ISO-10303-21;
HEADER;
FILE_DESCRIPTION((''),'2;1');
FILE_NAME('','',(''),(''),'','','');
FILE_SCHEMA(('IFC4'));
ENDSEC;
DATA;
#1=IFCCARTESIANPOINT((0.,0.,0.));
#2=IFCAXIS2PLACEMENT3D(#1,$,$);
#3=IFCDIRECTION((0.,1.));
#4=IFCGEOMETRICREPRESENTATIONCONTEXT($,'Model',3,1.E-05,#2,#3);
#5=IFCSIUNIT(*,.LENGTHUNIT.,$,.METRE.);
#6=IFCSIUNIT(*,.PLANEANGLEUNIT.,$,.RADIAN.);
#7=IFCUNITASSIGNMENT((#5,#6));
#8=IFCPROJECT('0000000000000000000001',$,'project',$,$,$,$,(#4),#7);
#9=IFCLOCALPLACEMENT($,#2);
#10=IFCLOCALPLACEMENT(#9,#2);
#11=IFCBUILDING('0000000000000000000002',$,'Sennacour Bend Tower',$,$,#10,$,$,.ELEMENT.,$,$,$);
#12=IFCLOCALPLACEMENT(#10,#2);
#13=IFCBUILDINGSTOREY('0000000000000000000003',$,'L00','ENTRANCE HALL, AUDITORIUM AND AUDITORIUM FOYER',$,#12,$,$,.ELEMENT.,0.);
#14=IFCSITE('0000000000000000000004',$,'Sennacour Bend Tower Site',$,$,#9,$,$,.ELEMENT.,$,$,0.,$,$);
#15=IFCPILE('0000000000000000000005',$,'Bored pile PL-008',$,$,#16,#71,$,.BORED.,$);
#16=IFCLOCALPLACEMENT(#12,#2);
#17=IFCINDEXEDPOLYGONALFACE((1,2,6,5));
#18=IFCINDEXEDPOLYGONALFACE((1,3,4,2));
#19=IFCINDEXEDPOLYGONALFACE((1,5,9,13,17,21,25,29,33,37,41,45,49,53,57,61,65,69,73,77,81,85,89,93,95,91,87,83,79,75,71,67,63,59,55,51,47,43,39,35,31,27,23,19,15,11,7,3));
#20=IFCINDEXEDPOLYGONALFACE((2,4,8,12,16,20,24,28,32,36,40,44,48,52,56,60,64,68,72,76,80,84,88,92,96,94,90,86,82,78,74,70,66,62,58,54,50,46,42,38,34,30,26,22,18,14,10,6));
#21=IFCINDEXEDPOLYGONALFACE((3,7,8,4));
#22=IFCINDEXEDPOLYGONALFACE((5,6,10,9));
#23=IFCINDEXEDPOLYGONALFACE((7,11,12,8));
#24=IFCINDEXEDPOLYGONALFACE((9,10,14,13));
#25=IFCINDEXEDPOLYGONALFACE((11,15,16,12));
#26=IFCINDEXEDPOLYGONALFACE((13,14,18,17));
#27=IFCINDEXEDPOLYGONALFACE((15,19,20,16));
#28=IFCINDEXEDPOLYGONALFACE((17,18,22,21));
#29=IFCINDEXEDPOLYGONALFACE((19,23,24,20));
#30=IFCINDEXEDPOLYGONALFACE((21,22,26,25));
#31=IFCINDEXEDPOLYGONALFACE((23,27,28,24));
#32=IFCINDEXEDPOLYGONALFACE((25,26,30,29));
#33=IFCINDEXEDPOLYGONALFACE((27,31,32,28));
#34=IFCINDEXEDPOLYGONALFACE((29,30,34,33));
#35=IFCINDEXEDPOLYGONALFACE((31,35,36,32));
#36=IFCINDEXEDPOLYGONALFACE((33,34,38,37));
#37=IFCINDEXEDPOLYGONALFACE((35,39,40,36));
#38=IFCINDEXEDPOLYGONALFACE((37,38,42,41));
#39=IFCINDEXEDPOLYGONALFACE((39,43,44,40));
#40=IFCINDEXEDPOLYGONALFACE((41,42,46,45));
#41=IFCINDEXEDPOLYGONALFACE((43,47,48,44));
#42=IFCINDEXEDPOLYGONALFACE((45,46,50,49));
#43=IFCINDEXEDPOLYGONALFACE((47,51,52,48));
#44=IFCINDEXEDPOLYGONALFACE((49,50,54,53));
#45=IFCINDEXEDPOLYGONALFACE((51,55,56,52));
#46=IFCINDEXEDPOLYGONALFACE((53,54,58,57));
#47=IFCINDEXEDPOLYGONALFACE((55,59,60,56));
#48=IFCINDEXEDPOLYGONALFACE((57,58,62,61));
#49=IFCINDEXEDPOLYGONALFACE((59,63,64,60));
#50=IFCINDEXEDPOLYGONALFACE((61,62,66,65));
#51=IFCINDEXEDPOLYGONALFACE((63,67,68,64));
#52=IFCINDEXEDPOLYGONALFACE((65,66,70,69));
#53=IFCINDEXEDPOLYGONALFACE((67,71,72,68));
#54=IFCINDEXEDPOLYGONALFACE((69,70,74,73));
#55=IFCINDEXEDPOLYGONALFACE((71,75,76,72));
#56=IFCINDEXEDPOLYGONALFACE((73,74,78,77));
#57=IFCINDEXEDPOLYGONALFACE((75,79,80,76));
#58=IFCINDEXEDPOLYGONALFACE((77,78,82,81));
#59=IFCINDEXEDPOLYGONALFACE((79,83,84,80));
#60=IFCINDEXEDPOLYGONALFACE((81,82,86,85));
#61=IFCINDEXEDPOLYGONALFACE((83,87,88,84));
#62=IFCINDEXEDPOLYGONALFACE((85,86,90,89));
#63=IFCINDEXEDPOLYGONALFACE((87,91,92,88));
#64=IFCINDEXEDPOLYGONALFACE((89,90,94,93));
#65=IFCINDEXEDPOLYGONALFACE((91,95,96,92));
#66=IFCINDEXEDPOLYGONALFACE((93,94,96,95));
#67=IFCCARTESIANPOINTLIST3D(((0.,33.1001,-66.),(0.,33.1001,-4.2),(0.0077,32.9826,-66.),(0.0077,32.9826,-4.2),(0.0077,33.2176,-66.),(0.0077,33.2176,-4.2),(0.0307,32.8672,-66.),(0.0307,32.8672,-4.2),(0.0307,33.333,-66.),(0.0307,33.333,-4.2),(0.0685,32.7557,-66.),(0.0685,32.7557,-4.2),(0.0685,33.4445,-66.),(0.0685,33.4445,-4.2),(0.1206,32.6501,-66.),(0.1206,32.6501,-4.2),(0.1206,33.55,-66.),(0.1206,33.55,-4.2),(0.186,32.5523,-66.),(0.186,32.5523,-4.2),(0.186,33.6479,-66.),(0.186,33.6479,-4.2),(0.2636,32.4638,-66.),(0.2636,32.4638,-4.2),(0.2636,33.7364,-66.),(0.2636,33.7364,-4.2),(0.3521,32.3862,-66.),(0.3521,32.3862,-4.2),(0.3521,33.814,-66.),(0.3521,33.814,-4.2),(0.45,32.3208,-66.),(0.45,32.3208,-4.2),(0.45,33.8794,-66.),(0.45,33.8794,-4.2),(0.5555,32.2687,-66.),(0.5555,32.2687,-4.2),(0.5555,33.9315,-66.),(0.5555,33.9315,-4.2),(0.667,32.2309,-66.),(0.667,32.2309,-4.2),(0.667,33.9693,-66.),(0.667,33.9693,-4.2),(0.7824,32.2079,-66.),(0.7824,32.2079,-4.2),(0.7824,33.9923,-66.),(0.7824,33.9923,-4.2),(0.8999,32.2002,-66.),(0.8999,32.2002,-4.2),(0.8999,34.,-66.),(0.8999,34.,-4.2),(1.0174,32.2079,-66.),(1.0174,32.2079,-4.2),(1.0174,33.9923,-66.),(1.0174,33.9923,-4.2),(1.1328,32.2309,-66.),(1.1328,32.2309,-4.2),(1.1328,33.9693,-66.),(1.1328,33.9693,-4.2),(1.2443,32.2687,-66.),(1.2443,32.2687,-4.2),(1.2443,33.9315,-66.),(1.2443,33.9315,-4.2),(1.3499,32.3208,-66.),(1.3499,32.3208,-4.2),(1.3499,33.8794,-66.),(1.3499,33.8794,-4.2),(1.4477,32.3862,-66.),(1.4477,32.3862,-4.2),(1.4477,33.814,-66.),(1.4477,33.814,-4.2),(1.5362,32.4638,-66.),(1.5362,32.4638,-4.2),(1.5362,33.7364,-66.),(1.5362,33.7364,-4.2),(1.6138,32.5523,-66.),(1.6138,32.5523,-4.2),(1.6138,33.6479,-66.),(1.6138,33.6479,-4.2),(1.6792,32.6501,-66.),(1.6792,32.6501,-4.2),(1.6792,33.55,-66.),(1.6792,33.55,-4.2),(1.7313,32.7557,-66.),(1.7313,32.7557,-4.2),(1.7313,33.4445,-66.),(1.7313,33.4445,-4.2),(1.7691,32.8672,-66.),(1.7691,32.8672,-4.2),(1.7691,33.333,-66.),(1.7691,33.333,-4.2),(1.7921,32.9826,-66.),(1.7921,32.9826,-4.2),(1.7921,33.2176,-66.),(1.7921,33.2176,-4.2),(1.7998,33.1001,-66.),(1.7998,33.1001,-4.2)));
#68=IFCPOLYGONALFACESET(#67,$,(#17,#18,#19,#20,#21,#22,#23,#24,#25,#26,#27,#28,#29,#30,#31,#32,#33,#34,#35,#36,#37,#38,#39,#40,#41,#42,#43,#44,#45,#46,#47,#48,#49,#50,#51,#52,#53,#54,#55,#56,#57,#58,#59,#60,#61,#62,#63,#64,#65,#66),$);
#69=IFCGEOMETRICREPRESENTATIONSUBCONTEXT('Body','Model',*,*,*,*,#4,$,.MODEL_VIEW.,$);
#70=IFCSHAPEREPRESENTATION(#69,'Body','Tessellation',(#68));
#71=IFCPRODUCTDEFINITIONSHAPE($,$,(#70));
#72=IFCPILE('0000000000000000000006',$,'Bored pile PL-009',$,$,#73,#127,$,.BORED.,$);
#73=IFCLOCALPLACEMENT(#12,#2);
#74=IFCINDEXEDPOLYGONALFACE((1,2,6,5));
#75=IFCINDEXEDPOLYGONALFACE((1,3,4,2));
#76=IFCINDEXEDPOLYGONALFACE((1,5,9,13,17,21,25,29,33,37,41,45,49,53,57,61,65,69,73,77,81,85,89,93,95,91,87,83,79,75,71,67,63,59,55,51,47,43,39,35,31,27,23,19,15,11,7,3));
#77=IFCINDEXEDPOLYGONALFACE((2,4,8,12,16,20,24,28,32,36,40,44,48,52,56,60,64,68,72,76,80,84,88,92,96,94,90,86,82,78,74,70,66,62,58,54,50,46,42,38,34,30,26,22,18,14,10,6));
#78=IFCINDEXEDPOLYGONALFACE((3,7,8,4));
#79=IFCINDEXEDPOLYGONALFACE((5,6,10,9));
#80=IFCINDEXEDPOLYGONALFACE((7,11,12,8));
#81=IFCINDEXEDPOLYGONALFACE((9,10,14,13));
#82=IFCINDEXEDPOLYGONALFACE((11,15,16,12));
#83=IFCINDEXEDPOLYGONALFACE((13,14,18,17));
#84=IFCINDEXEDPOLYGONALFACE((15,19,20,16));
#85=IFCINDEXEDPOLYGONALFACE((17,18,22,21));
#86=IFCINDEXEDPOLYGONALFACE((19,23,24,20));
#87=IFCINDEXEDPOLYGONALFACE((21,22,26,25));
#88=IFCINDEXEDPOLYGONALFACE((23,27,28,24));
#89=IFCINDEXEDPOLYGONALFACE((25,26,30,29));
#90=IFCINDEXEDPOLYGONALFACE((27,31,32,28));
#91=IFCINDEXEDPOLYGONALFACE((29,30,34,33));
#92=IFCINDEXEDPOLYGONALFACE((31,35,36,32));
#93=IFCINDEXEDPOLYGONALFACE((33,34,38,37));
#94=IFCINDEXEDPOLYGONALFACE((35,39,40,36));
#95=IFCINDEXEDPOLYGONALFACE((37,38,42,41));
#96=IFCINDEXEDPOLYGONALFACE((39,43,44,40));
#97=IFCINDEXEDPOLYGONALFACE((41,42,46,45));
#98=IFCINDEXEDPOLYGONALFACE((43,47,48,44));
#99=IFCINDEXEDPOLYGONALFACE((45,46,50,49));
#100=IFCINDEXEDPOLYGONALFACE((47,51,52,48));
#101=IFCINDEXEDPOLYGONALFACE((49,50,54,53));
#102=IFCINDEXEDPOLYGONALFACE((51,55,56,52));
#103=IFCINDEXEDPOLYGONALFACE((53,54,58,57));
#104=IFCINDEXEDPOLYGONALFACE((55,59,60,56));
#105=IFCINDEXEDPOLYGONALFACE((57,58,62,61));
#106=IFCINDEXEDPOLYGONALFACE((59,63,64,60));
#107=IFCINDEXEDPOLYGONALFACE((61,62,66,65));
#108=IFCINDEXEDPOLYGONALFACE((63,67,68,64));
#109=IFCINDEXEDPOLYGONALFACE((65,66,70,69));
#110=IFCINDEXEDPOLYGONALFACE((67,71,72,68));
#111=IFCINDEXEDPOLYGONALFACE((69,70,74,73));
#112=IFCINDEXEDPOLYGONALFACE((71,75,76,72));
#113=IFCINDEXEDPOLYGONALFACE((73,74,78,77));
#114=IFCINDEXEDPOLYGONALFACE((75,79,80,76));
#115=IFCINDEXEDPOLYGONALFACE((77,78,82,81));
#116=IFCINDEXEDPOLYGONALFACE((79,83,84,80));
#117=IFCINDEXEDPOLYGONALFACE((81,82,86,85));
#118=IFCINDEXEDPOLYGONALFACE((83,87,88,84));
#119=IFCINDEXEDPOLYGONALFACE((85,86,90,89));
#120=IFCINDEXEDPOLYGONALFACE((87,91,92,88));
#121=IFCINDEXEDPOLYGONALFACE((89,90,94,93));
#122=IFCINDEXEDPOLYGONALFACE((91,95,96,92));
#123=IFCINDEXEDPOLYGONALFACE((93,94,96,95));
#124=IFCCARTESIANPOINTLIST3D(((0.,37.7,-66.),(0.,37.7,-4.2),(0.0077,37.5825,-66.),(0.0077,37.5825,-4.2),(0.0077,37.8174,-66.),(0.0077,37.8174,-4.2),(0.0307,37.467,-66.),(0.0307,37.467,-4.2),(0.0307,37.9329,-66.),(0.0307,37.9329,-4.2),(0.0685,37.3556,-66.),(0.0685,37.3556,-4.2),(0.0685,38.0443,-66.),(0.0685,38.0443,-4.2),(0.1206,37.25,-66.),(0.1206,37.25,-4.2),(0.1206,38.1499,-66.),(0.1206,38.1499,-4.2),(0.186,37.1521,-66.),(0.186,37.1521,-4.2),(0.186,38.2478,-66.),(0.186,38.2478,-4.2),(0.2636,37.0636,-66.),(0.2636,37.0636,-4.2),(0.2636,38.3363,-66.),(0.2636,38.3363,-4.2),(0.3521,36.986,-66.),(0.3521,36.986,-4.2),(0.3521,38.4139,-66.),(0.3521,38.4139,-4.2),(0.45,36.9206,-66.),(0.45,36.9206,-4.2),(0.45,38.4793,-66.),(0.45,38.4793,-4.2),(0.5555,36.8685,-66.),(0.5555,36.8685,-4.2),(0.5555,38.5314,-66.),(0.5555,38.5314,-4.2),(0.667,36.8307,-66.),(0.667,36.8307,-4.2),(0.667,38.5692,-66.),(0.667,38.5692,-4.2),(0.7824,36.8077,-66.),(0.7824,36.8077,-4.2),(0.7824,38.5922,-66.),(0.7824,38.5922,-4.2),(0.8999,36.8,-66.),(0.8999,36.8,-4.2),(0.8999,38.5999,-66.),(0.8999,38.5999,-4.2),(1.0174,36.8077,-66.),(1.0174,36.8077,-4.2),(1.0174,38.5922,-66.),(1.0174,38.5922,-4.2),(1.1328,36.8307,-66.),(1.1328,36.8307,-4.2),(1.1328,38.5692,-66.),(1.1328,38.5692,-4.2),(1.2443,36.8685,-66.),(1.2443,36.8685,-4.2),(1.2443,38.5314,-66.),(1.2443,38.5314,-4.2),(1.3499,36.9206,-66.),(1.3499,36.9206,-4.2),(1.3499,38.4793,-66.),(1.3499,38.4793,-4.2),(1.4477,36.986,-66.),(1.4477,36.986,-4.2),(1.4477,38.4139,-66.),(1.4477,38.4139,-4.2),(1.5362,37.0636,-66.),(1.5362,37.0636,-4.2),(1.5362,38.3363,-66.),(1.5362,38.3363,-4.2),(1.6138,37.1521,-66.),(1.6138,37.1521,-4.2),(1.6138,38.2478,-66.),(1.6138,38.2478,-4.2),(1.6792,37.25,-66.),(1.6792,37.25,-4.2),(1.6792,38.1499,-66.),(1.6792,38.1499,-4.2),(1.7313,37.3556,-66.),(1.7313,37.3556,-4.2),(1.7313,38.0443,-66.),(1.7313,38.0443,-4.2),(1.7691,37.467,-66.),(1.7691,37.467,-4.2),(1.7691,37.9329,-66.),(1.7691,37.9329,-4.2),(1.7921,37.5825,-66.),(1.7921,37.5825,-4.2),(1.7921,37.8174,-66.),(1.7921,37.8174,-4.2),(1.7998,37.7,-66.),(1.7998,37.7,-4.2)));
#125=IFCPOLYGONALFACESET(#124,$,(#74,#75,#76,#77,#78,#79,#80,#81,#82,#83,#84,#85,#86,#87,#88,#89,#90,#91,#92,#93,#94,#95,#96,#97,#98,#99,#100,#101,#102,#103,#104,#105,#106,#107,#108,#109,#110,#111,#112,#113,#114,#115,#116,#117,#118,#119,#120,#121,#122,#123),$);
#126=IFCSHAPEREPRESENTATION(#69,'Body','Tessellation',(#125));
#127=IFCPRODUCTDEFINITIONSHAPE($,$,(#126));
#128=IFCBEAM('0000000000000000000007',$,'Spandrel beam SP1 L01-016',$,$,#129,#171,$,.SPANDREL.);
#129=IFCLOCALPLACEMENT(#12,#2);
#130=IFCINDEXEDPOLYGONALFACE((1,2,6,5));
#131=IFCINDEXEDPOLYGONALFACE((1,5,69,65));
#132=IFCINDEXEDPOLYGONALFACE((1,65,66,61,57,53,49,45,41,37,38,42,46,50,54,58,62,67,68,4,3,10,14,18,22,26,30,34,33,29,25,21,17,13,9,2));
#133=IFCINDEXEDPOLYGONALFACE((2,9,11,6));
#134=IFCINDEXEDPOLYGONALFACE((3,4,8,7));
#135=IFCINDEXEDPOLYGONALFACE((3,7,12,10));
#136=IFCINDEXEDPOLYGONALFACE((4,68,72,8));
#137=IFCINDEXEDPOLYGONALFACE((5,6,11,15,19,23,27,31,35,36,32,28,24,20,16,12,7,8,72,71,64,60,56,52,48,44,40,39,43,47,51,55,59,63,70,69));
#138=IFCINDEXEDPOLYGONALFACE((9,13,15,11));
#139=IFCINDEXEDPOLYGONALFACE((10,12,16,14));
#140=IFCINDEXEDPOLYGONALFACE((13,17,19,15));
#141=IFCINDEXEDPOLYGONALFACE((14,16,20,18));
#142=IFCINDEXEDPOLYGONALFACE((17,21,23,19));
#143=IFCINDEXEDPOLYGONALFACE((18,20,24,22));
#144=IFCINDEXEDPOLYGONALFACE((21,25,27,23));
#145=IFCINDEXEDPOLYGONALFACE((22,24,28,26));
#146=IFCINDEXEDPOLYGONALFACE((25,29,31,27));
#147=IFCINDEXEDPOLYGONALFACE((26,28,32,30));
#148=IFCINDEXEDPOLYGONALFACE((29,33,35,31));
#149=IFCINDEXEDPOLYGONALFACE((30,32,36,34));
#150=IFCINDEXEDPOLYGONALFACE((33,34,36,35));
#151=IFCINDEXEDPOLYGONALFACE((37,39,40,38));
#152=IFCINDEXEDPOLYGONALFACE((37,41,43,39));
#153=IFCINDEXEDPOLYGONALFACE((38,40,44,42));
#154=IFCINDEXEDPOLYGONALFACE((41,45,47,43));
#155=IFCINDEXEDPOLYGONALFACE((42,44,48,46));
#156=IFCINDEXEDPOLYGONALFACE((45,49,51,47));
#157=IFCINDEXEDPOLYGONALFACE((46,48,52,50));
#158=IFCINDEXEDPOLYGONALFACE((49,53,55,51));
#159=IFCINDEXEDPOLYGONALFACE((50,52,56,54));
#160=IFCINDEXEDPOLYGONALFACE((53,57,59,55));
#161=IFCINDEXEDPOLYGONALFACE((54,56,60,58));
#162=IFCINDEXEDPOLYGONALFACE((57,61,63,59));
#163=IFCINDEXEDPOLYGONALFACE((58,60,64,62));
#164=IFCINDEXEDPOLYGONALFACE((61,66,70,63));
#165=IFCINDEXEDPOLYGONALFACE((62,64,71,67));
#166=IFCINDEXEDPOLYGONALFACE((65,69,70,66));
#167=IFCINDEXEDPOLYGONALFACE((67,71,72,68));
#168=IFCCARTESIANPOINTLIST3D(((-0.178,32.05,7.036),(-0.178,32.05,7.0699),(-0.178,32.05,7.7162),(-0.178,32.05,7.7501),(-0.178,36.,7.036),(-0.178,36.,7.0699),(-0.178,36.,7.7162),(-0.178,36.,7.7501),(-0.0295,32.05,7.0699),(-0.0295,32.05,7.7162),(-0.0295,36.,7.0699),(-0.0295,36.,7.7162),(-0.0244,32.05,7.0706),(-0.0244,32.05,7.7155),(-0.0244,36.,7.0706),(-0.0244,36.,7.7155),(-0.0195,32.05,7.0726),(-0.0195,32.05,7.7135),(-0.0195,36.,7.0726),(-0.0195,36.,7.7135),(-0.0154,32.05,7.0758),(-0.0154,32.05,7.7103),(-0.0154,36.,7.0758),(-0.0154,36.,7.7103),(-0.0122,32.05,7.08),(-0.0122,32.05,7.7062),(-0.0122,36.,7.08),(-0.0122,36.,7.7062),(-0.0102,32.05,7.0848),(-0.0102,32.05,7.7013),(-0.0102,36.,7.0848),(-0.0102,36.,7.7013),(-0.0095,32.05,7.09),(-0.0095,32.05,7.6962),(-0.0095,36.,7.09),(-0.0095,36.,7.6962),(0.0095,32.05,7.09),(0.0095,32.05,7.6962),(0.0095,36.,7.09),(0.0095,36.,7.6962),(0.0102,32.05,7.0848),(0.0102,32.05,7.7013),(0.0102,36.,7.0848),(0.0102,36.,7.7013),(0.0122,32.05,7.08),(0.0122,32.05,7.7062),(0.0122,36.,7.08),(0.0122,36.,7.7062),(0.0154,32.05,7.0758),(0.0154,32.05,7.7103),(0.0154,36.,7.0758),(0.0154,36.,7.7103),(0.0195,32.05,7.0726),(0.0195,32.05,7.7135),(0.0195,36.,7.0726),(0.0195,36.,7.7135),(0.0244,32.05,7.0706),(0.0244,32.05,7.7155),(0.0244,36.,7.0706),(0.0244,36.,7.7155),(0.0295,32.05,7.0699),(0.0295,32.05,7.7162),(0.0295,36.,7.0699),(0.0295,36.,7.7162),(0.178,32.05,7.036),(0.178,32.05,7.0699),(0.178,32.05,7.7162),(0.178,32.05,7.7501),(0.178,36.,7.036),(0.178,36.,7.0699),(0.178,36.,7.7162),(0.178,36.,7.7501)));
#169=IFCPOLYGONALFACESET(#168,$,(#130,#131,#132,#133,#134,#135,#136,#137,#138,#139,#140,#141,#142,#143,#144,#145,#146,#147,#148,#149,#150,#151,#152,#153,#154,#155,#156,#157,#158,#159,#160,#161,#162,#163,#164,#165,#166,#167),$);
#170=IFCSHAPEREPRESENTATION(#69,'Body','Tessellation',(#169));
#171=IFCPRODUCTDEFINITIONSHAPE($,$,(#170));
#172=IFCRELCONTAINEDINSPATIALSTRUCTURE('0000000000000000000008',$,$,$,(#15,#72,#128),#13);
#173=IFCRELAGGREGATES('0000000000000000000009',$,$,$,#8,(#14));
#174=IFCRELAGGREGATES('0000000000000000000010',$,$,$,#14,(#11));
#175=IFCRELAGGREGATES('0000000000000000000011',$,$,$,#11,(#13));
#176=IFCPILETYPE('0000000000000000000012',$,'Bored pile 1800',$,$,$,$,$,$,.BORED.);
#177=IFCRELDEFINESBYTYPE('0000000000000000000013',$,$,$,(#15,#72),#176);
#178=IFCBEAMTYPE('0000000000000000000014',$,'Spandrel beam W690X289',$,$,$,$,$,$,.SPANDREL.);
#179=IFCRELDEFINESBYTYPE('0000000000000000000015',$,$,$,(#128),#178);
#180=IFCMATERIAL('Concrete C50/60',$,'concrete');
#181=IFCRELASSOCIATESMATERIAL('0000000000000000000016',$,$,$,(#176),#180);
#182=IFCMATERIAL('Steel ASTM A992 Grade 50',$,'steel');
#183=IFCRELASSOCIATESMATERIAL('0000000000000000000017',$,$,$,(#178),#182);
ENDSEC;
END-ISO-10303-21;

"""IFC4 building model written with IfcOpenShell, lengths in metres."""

from ifc_helpers import new_model, si_unit, direction, frame, origin, origin_2d, place, context, subcontext, project, spatial, circle, i_section, extrude, material, material_profile, profile_set, type_object, element, save


model = new_model("IFC4")

# Units and contexts
model_context = context("Model", 3, precision=1e-05, world=origin(), true_north=direction((0.0, 1.0)))
body_context = subcontext(model_context, "Body", "Model", "MODEL_VIEW")
ifc_project = project(units=[si_unit("LENGTHUNIT", "METRE"), si_unit("PLANEANGLEUNIT", "RADIAN")], contexts=[model_context])

# Site, building, storey
site_placement = place(None, origin())
site = spatial("IfcSite", under=ifc_project, at=site_placement, Name="Sennacour Bend Tower Site", CompositionType="ELEMENT", RefElevation=0.0)
building_placement = place(site_placement, origin())
building = spatial("IfcBuilding", under=site, at=building_placement, Name="Sennacour Bend Tower", CompositionType="ELEMENT")
storey_placement = place(building_placement, origin())
storey = spatial("IfcBuildingStorey", under=building, at=storey_placement, Name="L00", Description="ENTRANCE HALL, AUDITORIUM AND AUDITORIUM FOYER", CompositionType="ELEMENT", Elevation=0.0)

# Piles
ifc_material_1 = material(Name="Concrete C50/60", Category="concrete")
ifc_material_profile_1 = material_profile(ifc_material_1, circle(Radius=0.8999, at=origin_2d()), Name="Concrete C50/60", Category="concrete")
ifc_profile_set_1 = profile_set([ifc_material_profile_1], Name="Concrete C50/60")
pile_type = type_object("IfcPileType", Name="Bored pile 1800", PredefinedType="BORED", material=ifc_profile_set_1)
for number, where, z_axis, x_axis, name in (
    (1, (0.8999, 33.1001, -4.2), (0.0, 0.0, -1.0), (1.0, 0.0, 0.0), "Bored pile PL-008"),
    (2, (0.8999, 37.7, -4.2), (0.0, 0.0, -1.0), (1.0, 0.0, 0.0), "Bored pile PL-009"),
):
    element("IfcPile", number, at=place(storey_placement, frame(where, z_axis=z_axis, x_axis=x_axis)), inside=storey, type_object=pile_type, Name=name, PredefinedType="BORED", context=body_context, shape_type="SweptSolid", body=[
        extrude(circle(Radius=0.8999, at=origin_2d()), origin(), (0.0, 0.0, 1.0), 61.8),
    ])

# Beam
ifc_material_2 = material(Name="Steel ASTM A992 Grade 50", Category="steel")
ifc_material_profile_2 = material_profile(ifc_material_2, i_section(OverallWidth=0.356, OverallDepth=0.7141, WebThickness=0.019, FlangeThickness=0.0339, FilletRadius=0.02, at=origin_2d()), Name="Steel ASTM A992 Grade 50", Category="steel")
ifc_profile_set_2 = profile_set([ifc_material_profile_2], Name="Steel ASTM A992 Grade 50")
beam_type = type_object("IfcBeamType", Name="Spandrel beam W690X289", PredefinedType="SPANDREL", material=ifc_profile_set_2)
beam_placement = place(storey_placement, frame((0.0, 36.0, 7.3931), z_axis=(0.0, -1.0, 0.0), x_axis=(1.0, 0.0, 0.0)))
element("IfcBeam", 3, at=beam_placement, inside=storey, type_object=beam_type, Name="Spandrel beam SP1 L01-016", PredefinedType="SPANDREL", context=body_context, shape_type="SweptSolid", body=[
    extrude(i_section(OverallWidth=0.356, OverallDepth=0.7141, WebThickness=0.019, FlangeThickness=0.0339, FilletRadius=0.02, at=origin_2d()), origin(), (0.0, 0.0, 1.0), 3.95),
])

save(model, "model.ifc")
